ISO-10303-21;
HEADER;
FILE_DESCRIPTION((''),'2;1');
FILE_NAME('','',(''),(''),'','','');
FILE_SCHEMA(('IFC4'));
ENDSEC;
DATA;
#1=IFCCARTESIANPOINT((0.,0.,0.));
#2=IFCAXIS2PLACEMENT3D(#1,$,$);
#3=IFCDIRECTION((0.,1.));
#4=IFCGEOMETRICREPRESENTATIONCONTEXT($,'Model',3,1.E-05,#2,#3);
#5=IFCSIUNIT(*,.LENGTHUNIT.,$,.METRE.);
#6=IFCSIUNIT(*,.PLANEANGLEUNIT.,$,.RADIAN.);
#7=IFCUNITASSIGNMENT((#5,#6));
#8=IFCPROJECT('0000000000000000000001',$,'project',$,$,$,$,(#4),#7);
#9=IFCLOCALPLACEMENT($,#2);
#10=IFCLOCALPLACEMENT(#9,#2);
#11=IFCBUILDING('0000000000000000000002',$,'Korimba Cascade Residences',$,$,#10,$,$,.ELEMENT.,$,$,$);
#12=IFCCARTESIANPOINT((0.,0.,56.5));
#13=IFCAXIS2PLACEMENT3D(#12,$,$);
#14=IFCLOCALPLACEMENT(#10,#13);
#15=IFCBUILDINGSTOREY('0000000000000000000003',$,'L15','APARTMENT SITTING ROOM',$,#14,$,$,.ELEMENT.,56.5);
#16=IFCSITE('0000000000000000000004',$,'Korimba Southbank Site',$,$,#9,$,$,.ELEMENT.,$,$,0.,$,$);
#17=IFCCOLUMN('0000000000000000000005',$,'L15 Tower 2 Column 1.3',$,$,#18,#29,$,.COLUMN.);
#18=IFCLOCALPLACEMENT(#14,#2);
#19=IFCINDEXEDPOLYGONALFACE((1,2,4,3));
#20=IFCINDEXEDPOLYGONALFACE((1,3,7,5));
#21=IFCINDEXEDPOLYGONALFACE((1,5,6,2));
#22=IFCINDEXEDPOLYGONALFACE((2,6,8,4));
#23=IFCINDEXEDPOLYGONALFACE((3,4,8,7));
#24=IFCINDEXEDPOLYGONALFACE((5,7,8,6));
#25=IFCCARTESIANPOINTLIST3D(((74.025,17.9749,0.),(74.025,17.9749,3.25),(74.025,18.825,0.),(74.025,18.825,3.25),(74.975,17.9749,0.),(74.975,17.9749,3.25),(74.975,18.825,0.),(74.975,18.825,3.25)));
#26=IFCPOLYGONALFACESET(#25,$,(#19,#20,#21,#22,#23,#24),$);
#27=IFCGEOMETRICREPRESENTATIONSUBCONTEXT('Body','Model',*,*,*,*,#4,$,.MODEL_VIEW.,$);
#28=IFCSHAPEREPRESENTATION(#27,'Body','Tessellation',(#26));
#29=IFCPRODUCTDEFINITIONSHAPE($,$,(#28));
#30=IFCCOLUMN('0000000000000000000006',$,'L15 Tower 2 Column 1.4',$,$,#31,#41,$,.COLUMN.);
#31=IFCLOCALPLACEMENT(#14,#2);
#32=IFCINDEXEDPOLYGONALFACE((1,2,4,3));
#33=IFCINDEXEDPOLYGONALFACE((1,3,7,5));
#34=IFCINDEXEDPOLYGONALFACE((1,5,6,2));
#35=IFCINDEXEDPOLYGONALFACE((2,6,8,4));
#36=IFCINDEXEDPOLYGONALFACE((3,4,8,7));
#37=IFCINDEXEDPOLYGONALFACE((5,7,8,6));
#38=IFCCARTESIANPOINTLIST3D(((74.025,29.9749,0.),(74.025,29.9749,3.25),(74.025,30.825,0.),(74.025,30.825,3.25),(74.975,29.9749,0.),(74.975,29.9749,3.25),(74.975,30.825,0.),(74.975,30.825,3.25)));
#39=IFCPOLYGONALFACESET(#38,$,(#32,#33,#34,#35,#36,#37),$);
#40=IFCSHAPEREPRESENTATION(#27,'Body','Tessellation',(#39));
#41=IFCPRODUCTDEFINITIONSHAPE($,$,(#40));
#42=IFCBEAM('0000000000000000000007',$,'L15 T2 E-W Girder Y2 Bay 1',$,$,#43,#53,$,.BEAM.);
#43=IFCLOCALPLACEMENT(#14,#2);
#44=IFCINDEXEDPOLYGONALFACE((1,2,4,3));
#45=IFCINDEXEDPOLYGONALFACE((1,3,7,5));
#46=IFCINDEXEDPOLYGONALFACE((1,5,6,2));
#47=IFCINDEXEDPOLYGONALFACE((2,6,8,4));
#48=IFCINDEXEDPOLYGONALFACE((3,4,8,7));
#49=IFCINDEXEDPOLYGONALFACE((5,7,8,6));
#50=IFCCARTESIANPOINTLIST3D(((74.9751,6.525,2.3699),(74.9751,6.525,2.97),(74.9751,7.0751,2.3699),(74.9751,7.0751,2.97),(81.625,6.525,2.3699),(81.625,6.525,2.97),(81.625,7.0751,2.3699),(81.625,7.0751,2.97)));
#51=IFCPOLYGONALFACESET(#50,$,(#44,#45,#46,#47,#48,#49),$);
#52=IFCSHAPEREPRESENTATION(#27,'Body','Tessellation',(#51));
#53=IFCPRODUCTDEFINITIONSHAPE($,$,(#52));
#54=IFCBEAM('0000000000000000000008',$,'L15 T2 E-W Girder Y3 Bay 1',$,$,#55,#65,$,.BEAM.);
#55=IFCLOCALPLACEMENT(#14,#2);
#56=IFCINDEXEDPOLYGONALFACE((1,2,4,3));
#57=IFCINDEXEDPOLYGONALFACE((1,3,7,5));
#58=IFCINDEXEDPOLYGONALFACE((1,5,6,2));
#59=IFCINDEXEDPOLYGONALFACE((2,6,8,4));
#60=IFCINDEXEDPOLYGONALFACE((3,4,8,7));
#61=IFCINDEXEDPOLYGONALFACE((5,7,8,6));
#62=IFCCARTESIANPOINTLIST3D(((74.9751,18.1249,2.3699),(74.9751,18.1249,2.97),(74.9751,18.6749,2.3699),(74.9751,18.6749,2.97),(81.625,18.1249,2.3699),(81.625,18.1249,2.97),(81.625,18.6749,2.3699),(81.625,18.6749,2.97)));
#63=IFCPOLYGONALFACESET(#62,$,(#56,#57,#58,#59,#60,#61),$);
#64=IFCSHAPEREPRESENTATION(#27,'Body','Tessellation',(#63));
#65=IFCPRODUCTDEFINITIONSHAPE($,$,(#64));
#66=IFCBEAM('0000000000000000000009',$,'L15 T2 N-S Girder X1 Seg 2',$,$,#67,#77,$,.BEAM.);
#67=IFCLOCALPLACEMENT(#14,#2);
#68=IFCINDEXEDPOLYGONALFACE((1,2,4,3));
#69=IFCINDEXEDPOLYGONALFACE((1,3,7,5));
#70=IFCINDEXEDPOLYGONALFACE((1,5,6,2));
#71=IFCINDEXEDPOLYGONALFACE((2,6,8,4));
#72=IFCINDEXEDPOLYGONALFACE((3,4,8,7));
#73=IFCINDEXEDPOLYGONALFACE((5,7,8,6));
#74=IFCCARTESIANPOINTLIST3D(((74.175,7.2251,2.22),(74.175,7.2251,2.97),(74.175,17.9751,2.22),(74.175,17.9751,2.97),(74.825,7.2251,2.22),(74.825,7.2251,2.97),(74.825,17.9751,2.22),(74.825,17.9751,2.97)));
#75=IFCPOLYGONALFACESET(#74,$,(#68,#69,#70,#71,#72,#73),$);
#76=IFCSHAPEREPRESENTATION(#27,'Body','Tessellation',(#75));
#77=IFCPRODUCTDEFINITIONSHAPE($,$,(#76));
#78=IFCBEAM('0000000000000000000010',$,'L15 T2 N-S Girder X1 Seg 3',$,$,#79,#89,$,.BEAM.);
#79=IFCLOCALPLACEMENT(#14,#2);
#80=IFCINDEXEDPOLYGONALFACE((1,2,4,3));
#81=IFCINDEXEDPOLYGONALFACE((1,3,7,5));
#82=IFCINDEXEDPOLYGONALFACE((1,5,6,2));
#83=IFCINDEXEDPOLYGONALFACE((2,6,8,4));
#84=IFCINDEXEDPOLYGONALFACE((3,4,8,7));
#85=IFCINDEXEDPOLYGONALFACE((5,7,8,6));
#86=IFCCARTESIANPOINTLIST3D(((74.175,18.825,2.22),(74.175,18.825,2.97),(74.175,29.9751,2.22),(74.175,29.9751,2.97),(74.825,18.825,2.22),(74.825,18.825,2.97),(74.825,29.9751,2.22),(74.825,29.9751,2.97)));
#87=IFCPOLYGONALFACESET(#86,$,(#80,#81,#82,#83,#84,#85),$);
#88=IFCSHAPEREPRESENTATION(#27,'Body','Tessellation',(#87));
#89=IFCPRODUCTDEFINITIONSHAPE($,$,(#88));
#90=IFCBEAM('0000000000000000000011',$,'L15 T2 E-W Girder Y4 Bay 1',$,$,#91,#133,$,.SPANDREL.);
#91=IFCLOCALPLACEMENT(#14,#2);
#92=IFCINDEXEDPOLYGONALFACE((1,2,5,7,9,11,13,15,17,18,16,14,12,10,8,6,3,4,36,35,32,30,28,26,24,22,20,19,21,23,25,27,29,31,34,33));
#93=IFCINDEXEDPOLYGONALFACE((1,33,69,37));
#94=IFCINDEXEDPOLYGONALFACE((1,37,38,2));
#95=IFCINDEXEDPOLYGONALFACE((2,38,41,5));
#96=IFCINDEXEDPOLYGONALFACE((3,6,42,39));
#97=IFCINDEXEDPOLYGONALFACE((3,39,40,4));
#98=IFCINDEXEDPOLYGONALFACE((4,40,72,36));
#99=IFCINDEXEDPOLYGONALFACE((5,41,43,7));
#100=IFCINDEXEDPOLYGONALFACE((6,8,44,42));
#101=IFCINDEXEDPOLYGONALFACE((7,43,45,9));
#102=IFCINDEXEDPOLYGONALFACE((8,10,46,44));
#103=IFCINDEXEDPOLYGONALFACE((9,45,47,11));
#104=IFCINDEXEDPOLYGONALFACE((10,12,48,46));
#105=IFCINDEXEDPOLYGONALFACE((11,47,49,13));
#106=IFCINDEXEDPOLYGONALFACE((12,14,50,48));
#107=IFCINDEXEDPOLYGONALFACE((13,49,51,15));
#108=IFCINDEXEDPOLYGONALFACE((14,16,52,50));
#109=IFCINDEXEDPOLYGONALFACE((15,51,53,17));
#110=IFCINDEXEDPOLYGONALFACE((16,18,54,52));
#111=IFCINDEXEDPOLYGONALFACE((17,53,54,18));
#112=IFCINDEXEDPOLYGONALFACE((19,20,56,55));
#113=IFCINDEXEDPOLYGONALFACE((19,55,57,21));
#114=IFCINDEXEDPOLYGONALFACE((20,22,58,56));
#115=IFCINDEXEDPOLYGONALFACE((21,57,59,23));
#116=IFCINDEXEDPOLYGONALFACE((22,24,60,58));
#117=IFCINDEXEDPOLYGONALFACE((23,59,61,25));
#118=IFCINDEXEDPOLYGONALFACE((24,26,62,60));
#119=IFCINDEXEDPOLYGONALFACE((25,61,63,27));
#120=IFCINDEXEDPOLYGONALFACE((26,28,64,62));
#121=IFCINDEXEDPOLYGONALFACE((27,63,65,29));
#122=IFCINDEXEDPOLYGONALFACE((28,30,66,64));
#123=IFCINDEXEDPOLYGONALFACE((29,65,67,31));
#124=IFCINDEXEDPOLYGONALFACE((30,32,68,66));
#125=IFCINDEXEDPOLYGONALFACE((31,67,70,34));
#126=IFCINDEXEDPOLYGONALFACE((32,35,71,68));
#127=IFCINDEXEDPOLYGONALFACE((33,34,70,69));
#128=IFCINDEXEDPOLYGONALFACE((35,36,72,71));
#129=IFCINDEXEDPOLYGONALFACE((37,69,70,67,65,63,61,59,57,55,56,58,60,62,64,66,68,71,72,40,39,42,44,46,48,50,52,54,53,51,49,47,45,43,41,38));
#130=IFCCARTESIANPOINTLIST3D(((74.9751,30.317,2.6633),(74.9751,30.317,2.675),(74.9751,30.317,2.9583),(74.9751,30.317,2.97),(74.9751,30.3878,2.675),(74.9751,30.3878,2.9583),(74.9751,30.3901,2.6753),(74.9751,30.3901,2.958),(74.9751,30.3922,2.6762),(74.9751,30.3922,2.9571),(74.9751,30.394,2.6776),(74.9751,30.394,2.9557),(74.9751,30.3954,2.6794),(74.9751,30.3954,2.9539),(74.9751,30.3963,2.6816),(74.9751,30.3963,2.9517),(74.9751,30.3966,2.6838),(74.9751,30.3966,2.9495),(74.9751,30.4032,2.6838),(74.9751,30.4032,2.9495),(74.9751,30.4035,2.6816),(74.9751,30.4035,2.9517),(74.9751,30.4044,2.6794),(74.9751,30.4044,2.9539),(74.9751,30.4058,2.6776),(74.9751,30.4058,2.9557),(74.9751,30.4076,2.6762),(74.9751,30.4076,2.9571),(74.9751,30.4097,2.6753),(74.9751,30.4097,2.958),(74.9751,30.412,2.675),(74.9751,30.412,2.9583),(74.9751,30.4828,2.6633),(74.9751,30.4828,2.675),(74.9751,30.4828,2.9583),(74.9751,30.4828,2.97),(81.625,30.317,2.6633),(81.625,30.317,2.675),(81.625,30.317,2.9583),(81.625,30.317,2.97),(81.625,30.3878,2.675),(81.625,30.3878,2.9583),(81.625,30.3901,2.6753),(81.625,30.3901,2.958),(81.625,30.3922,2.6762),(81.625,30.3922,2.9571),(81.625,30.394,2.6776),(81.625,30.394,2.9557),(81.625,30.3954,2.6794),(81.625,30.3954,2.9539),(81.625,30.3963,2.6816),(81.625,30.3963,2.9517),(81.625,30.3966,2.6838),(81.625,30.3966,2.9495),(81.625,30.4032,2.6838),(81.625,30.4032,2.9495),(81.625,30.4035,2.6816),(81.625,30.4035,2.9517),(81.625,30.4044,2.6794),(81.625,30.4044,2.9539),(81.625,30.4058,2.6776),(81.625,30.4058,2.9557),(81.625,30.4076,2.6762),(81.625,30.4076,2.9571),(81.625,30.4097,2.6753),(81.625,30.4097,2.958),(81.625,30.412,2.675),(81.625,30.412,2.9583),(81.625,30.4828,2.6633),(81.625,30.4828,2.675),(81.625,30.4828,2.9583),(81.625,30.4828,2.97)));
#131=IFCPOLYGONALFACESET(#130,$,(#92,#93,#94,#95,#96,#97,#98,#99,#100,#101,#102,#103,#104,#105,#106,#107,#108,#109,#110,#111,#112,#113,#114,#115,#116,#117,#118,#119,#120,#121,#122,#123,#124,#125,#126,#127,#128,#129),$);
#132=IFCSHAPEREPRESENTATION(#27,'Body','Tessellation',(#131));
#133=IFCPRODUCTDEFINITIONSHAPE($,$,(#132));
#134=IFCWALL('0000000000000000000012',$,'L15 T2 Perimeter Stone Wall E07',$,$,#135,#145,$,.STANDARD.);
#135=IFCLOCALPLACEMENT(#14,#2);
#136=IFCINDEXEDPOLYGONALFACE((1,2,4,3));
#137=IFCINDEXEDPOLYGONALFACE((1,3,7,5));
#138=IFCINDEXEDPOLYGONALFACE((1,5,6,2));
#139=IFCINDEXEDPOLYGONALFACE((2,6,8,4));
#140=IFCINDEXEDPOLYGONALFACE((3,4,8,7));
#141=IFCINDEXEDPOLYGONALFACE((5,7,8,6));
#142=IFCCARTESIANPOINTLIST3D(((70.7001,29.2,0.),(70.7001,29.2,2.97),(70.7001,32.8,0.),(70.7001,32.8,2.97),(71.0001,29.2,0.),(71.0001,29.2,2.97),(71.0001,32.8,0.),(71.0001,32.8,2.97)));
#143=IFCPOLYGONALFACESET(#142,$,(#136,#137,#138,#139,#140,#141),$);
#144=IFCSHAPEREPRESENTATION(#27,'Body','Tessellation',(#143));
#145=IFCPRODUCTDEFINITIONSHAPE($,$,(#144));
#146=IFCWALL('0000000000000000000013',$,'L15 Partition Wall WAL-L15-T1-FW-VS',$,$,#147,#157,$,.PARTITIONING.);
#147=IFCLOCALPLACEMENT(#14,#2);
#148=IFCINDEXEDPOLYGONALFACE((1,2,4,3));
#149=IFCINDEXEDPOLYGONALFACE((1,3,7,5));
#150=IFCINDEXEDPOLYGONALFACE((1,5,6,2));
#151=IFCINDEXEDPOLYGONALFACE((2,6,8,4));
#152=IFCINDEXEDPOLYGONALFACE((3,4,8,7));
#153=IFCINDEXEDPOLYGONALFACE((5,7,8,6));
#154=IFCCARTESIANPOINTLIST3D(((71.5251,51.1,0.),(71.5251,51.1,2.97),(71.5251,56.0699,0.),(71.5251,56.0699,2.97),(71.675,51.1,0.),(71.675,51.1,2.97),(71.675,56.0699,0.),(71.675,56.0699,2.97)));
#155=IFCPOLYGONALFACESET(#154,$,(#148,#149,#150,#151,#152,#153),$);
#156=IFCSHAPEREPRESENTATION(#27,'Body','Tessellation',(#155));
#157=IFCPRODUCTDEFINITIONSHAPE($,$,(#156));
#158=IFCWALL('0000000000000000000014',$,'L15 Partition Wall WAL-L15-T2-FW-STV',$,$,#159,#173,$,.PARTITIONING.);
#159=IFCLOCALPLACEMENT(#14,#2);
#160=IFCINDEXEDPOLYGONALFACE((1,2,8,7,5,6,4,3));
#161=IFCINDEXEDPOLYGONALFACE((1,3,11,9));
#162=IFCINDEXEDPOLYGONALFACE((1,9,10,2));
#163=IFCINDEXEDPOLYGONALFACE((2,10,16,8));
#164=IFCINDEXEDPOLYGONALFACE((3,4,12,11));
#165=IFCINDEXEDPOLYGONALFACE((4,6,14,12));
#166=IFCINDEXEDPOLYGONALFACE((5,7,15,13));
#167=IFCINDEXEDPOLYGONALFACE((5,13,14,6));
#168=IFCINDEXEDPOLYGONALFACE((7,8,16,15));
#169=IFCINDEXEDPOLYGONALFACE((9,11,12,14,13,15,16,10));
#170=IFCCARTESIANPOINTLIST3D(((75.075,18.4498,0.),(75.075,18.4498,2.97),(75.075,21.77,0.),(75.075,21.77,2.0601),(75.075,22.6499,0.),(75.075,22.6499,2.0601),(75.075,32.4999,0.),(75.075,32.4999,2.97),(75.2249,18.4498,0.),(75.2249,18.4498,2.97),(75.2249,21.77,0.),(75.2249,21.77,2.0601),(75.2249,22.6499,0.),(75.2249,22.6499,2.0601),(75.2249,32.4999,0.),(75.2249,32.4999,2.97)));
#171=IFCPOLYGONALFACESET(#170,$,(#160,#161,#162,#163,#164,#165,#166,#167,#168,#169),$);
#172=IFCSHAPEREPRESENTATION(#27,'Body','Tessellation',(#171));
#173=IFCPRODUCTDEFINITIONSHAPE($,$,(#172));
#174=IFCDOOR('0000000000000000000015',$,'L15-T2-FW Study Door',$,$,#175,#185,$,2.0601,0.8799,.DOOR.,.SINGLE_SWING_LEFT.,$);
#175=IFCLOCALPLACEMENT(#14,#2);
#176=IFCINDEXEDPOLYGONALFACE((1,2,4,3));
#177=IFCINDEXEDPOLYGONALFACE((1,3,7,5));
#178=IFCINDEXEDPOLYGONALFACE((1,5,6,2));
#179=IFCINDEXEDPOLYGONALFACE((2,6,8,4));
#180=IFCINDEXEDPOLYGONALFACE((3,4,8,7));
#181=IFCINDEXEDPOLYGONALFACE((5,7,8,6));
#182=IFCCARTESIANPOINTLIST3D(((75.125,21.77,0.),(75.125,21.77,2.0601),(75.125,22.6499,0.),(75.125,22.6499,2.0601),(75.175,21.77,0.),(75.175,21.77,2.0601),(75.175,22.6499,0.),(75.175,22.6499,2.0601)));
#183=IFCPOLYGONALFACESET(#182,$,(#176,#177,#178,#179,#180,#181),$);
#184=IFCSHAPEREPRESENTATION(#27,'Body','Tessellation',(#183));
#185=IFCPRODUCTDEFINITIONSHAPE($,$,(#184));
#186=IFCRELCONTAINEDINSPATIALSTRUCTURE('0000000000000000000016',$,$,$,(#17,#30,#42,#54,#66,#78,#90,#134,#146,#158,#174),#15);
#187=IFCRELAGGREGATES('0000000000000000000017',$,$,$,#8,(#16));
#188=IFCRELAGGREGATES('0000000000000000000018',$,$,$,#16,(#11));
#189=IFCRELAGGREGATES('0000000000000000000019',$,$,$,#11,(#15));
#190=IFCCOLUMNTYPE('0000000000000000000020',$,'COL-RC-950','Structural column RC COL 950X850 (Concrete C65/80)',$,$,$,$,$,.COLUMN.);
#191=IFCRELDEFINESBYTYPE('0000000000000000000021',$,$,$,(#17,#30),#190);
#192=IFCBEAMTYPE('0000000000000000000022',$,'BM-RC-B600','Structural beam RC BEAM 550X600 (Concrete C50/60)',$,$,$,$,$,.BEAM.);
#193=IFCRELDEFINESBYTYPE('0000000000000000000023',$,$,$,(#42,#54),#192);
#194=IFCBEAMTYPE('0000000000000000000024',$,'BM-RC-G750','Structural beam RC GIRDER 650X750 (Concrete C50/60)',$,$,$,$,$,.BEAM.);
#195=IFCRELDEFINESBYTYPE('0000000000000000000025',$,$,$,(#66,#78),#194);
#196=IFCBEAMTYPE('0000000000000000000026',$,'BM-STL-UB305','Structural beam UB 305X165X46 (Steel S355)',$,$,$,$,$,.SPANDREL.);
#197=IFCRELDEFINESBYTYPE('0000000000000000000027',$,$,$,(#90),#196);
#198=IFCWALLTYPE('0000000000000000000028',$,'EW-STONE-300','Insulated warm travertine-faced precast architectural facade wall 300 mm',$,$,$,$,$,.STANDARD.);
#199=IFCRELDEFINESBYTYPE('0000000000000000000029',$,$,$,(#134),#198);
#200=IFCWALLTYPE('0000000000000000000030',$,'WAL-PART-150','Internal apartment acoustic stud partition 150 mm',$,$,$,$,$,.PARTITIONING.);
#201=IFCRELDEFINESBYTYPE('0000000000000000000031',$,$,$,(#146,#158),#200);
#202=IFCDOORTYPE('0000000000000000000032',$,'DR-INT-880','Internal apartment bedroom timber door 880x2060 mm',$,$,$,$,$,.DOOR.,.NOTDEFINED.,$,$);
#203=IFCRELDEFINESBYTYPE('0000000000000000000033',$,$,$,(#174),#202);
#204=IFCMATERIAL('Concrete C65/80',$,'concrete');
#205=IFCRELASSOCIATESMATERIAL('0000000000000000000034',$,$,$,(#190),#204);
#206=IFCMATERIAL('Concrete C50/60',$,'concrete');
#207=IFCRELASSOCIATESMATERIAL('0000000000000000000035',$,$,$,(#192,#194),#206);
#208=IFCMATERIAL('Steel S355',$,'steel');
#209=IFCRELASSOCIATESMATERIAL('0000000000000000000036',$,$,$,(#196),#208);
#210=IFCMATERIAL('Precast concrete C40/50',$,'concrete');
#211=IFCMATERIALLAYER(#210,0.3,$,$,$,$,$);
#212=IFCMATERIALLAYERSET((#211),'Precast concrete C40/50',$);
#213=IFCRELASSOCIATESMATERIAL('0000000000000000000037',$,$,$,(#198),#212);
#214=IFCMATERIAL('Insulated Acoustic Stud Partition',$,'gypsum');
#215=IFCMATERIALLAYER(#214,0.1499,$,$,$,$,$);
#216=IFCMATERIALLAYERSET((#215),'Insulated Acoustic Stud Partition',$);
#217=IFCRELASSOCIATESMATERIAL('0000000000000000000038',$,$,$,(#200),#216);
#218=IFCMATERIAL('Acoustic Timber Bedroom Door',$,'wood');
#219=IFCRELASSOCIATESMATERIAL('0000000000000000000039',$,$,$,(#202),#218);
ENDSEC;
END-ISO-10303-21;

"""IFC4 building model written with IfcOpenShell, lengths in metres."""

from ifc_helpers import new_model, si_unit, direction, frame, frame_2d, origin, origin_2d, place, context, subcontext, project, spatial, rectangle, i_section, extrude, material, layer, layer_set, material_profile, profile_set, type_object, element, fill, save


model = new_model("IFC4")

# Units and contexts
model_context = context("Model", 3, precision=1e-05, world=origin(), true_north=direction((0.0, 1.0)))
body_context = subcontext(model_context, "Body", "Model", "MODEL_VIEW")
ifc_project = project(units=[si_unit("LENGTHUNIT", "METRE"), si_unit("PLANEANGLEUNIT", "RADIAN")], contexts=[model_context])

# Site, building, storey
site_placement = place(None, origin())
site = spatial("IfcSite", under=ifc_project, at=site_placement, Name="Korimba Southbank Site", CompositionType="ELEMENT", RefElevation=0.0)
building_placement = place(site_placement, origin())
building = spatial("IfcBuilding", under=site, at=building_placement, Name="Korimba Cascade Residences", CompositionType="ELEMENT")
storey_placement = place(building_placement, frame((0.0, 0.0, 56.5)))
storey = spatial("IfcBuildingStorey", under=building, at=storey_placement, Name="L15", Description="APARTMENT SITTING ROOM", CompositionType="ELEMENT", Elevation=56.5)

# Columns
ifc_material_1 = material(Name="Concrete C65/80", Category="concrete")
ifc_material_profile_1 = material_profile(ifc_material_1, rectangle(XDim=0.95, YDim=0.8501, at=origin_2d()), Name="Concrete C65/80")
ifc_profile_set_1 = profile_set([ifc_material_profile_1], Name="Concrete C65/80")
column_type = type_object("IfcColumnType", Name="COL-RC-950", Description="Structural column RC COL 950X850 (Concrete C65/80)", PredefinedType="COLUMN", material=ifc_profile_set_1)
for number, where, z_axis, x_axis, name in (
    (1, (74.5, 18.3999, 0.0), (0.0, 0.0, 1.0), (1.0, 0.0, 0.0), "L15 Tower 2 Column 1.3"),
    (2, (74.5, 30.3999, 0.0), (0.0, 0.0, 1.0), (1.0, 0.0, 0.0), "L15 Tower 2 Column 1.4"),
):
    element("IfcColumn", number, at=place(storey_placement, frame(where, z_axis=z_axis, x_axis=x_axis)), inside=storey, type_object=column_type, Name=name, PredefinedType="COLUMN", context=body_context, shape_type="SweptSolid", body=[
        extrude(rectangle(XDim=0.95, YDim=0.8501, at=origin_2d()), origin(), (0.0, 0.0, 1.0), 3.25),
    ])

# Beams
ifc_material_2 = material(Name="Concrete C50/60", Category="concrete")
ifc_material_profile_2 = material_profile(ifc_material_2, rectangle(XDim=0.55, YDim=0.6001, at=origin_2d()), Name="Concrete C50/60")
ifc_profile_set_2 = profile_set([ifc_material_profile_2], Name="Concrete C50/60")
beam_type_1 = type_object("IfcBeamType", Name="BM-RC-B600", Description="Structural beam RC BEAM 550X600 (Concrete C50/60)", PredefinedType="BEAM", material=ifc_profile_set_2)
for number, where, z_axis, x_axis, name in (
    (3, (74.9751, 6.8, 2.6699), (1.0, 0.0, 0.0), (0.0, 1.0, 0.0), "L15 T2 E-W Girder Y2 Bay 1"),
    (4, (74.9751, 18.3999, 2.6699), (1.0, 0.0, 0.0), (0.0, 1.0, 0.0), "L15 T2 E-W Girder Y3 Bay 1"),
):
    element("IfcBeam", number, at=place(storey_placement, frame(where, z_axis=z_axis, x_axis=x_axis)), inside=storey, type_object=beam_type_1, Name=name, PredefinedType="BEAM", context=body_context, shape_type="SweptSolid", body=[
        extrude(rectangle(XDim=0.55, YDim=0.6001, at=origin_2d()), origin(), (0.0, 0.0, 1.0), 6.6499),
    ])
ifc_material_profile_3 = material_profile(ifc_material_2, rectangle(XDim=0.6499, YDim=0.75, at=origin_2d()), Name="Concrete C50/60")
ifc_profile_set_3 = profile_set([ifc_material_profile_3], Name="Concrete C50/60")
beam_type_2 = type_object("IfcBeamType", Name="BM-RC-G750", Description="Structural beam RC GIRDER 650X750 (Concrete C50/60)", PredefinedType="BEAM", material=ifc_profile_set_3)
beam_1_placement = place(storey_placement, frame((74.5, 7.2251, 2.595), z_axis=(0.0, 1.0, 0.0), x_axis=(-1.0, 0.0, 0.0)))
element("IfcBeam", 5, at=beam_1_placement, inside=storey, type_object=beam_type_2, Name="L15 T2 N-S Girder X1 Seg 2", PredefinedType="BEAM", context=body_context, shape_type="SweptSolid", body=[
    extrude(rectangle(XDim=0.6499, YDim=0.75, at=origin_2d()), origin(), (0.0, 0.0, 1.0), 10.75),
])
beam_2_placement = place(storey_placement, frame((74.5, 18.825, 2.595), z_axis=(0.0, 1.0, 0.0), x_axis=(-1.0, 0.0, 0.0)))
element("IfcBeam", 6, at=beam_2_placement, inside=storey, type_object=beam_type_2, Name="L15 T2 N-S Girder X1 Seg 3", PredefinedType="BEAM", context=body_context, shape_type="SweptSolid", body=[
    extrude(rectangle(XDim=0.6499, YDim=0.75, at=origin_2d()), origin(), (0.0, 0.0, 1.0), 11.1501),
])
ifc_material_3 = material(Name="Steel S355", Category="steel")
ifc_material_profile_4 = material_profile(ifc_material_3, i_section(OverallWidth=0.1658, OverallDepth=0.3066, WebThickness=0.0066, FlangeThickness=0.0117, FilletRadius=0.0088, at=origin_2d()), Name="Steel S355")
ifc_profile_set_4 = profile_set([ifc_material_profile_4], Name="Steel S355")
beam_type_3 = type_object("IfcBeamType", Name="BM-STL-UB305", Description="Structural beam UB 305X165X46 (Steel S355)", PredefinedType="SPANDREL", material=ifc_profile_set_4)
beam_3_placement = place(storey_placement, frame((74.9751, 30.3999, 2.8167), z_axis=(1.0, 0.0, 0.0), x_axis=(0.0, 1.0, 0.0)))
element("IfcBeam", 7, at=beam_3_placement, inside=storey, type_object=beam_type_3, Name="L15 T2 E-W Girder Y4 Bay 1", PredefinedType="SPANDREL", context=body_context, shape_type="SweptSolid", body=[
    extrude(i_section(OverallWidth=0.1658, OverallDepth=0.3066, WebThickness=0.0066, FlangeThickness=0.0117, FilletRadius=0.0088, at=origin_2d()), origin(), (0.0, 0.0, 1.0), 6.6499),
])

# Walls
ifc_material_4 = material(Name="Precast concrete C40/50", Category="concrete")
ifc_layer_1 = layer(ifc_material_4, 0.3)
ifc_layer_set_1 = layer_set([ifc_layer_1], Name="Precast concrete C40/50")
wall_type_1 = type_object("IfcWallType", Name="EW-STONE-300", Description="Insulated warm travertine-faced precast architectural facade wall 300 mm", PredefinedType="STANDARD", material=ifc_layer_set_1)
wall_1_placement = place(storey_placement, frame((70.8501, 32.8, 0.0), z_axis=(0.0, 0.0, 1.0), x_axis=(0.0, -1.0, 0.0)))
element("IfcWall", 8, at=wall_1_placement, inside=storey, type_object=wall_type_1, Name="L15 T2 Perimeter Stone Wall E07", PredefinedType="STANDARD", context=body_context, shape_type="SweptSolid", body=[
    extrude(rectangle(XDim=3.6001, YDim=0.3, at=frame_2d((1.8, 0.0))), origin(), (0.0, 0.0, 1.0), 2.97),
])
ifc_material_5 = material(Name="Insulated Acoustic Stud Partition", Category="gypsum")
ifc_layer_2 = layer(ifc_material_5, 0.1499)
ifc_layer_set_2 = layer_set([ifc_layer_2], Name="Insulated Acoustic Stud Partition")
wall_type_2 = type_object("IfcWallType", Name="WAL-PART-150", Description="Internal apartment acoustic stud partition 150 mm", PredefinedType="PARTITIONING", material=ifc_layer_set_2)
wall_2_placement = place(storey_placement, frame((71.6001, 51.1001, 0.0), z_axis=(0.0, 0.0, 1.0), x_axis=(0.0, 1.0, 0.0)))
element("IfcWall", 9, at=wall_2_placement, inside=storey, type_object=wall_type_2, Name="L15 Partition Wall WAL-L15-T1-FW-VS", PredefinedType="PARTITIONING", context=body_context, shape_type="SweptSolid", body=[
    extrude(rectangle(XDim=4.97, YDim=0.1499, at=frame_2d((2.4849, 0.0))), origin(), (0.0, 0.0, 1.0), 2.97),
])

# Wall, opening, door
wall_3_placement = place(storey_placement, frame((75.1499, 18.45, 0.0), z_axis=(0.0, 0.0, 1.0), x_axis=(0.0, 1.0, 0.0)))
wall_3 = element("IfcWall", 10, at=wall_3_placement, inside=storey, type_object=wall_type_2, Name="L15 Partition Wall WAL-L15-T2-FW-STV", PredefinedType="PARTITIONING", context=body_context, shape_type="SweptSolid", body=[
    extrude(rectangle(XDim=14.05, YDim=0.1499, at=frame_2d((7.0249, 0.0))), origin(), (0.0, 0.0, 1.0), 2.97),
])
opening_1_placement = place(wall_3_placement, frame((3.3201, 0.0, 0.0)))
opening_1 = element("IfcOpeningElement", 11, at=opening_1_placement, cuts=wall_3, PredefinedType="OPENING", context=body_context, shape_type="SweptSolid", body=[
    extrude(rectangle(XDim=0.8799, YDim=2.0601, at=frame_2d((0.4399, 1.03))), frame((0.0, 0.085, 0.0), z_axis=(0.0, -1.0, 0.0), x_axis=(1.0, 0.0, 0.0)), (0.0, 0.0, 1.0), 0.1699),
])
ifc_material_6 = material(Name="Acoustic Timber Bedroom Door", Category="wood")
door_type_1 = type_object("IfcDoorType", Name="DR-INT-880", Description="Internal apartment bedroom timber door 880x2060 mm", OperationType="NOTDEFINED", PredefinedType="DOOR", material=ifc_material_6)
door_1_placement = place(opening_1_placement, origin())
door_1 = element("IfcDoor", 12, at=door_1_placement, inside=storey, type_object=door_type_1, Name="L15-T2-FW Study Door", OperationType="SINGLE_SWING_LEFT", OverallHeight=2.0601, OverallWidth=0.8799, PredefinedType="DOOR", context=body_context, shape_type="SweptSolid", body=[
    extrude(rectangle(XDim=0.8799, YDim=2.0601, at=frame_2d((0.4399, 1.03))), frame((0.0, 0.0249, 0.0), z_axis=(0.0, -1.0, 0.0), x_axis=(1.0, 0.0, 0.0)), (0.0, 0.0, 1.0), 0.05),
])
fill(opening_1, door_1)

save(model, "model.ifc")
